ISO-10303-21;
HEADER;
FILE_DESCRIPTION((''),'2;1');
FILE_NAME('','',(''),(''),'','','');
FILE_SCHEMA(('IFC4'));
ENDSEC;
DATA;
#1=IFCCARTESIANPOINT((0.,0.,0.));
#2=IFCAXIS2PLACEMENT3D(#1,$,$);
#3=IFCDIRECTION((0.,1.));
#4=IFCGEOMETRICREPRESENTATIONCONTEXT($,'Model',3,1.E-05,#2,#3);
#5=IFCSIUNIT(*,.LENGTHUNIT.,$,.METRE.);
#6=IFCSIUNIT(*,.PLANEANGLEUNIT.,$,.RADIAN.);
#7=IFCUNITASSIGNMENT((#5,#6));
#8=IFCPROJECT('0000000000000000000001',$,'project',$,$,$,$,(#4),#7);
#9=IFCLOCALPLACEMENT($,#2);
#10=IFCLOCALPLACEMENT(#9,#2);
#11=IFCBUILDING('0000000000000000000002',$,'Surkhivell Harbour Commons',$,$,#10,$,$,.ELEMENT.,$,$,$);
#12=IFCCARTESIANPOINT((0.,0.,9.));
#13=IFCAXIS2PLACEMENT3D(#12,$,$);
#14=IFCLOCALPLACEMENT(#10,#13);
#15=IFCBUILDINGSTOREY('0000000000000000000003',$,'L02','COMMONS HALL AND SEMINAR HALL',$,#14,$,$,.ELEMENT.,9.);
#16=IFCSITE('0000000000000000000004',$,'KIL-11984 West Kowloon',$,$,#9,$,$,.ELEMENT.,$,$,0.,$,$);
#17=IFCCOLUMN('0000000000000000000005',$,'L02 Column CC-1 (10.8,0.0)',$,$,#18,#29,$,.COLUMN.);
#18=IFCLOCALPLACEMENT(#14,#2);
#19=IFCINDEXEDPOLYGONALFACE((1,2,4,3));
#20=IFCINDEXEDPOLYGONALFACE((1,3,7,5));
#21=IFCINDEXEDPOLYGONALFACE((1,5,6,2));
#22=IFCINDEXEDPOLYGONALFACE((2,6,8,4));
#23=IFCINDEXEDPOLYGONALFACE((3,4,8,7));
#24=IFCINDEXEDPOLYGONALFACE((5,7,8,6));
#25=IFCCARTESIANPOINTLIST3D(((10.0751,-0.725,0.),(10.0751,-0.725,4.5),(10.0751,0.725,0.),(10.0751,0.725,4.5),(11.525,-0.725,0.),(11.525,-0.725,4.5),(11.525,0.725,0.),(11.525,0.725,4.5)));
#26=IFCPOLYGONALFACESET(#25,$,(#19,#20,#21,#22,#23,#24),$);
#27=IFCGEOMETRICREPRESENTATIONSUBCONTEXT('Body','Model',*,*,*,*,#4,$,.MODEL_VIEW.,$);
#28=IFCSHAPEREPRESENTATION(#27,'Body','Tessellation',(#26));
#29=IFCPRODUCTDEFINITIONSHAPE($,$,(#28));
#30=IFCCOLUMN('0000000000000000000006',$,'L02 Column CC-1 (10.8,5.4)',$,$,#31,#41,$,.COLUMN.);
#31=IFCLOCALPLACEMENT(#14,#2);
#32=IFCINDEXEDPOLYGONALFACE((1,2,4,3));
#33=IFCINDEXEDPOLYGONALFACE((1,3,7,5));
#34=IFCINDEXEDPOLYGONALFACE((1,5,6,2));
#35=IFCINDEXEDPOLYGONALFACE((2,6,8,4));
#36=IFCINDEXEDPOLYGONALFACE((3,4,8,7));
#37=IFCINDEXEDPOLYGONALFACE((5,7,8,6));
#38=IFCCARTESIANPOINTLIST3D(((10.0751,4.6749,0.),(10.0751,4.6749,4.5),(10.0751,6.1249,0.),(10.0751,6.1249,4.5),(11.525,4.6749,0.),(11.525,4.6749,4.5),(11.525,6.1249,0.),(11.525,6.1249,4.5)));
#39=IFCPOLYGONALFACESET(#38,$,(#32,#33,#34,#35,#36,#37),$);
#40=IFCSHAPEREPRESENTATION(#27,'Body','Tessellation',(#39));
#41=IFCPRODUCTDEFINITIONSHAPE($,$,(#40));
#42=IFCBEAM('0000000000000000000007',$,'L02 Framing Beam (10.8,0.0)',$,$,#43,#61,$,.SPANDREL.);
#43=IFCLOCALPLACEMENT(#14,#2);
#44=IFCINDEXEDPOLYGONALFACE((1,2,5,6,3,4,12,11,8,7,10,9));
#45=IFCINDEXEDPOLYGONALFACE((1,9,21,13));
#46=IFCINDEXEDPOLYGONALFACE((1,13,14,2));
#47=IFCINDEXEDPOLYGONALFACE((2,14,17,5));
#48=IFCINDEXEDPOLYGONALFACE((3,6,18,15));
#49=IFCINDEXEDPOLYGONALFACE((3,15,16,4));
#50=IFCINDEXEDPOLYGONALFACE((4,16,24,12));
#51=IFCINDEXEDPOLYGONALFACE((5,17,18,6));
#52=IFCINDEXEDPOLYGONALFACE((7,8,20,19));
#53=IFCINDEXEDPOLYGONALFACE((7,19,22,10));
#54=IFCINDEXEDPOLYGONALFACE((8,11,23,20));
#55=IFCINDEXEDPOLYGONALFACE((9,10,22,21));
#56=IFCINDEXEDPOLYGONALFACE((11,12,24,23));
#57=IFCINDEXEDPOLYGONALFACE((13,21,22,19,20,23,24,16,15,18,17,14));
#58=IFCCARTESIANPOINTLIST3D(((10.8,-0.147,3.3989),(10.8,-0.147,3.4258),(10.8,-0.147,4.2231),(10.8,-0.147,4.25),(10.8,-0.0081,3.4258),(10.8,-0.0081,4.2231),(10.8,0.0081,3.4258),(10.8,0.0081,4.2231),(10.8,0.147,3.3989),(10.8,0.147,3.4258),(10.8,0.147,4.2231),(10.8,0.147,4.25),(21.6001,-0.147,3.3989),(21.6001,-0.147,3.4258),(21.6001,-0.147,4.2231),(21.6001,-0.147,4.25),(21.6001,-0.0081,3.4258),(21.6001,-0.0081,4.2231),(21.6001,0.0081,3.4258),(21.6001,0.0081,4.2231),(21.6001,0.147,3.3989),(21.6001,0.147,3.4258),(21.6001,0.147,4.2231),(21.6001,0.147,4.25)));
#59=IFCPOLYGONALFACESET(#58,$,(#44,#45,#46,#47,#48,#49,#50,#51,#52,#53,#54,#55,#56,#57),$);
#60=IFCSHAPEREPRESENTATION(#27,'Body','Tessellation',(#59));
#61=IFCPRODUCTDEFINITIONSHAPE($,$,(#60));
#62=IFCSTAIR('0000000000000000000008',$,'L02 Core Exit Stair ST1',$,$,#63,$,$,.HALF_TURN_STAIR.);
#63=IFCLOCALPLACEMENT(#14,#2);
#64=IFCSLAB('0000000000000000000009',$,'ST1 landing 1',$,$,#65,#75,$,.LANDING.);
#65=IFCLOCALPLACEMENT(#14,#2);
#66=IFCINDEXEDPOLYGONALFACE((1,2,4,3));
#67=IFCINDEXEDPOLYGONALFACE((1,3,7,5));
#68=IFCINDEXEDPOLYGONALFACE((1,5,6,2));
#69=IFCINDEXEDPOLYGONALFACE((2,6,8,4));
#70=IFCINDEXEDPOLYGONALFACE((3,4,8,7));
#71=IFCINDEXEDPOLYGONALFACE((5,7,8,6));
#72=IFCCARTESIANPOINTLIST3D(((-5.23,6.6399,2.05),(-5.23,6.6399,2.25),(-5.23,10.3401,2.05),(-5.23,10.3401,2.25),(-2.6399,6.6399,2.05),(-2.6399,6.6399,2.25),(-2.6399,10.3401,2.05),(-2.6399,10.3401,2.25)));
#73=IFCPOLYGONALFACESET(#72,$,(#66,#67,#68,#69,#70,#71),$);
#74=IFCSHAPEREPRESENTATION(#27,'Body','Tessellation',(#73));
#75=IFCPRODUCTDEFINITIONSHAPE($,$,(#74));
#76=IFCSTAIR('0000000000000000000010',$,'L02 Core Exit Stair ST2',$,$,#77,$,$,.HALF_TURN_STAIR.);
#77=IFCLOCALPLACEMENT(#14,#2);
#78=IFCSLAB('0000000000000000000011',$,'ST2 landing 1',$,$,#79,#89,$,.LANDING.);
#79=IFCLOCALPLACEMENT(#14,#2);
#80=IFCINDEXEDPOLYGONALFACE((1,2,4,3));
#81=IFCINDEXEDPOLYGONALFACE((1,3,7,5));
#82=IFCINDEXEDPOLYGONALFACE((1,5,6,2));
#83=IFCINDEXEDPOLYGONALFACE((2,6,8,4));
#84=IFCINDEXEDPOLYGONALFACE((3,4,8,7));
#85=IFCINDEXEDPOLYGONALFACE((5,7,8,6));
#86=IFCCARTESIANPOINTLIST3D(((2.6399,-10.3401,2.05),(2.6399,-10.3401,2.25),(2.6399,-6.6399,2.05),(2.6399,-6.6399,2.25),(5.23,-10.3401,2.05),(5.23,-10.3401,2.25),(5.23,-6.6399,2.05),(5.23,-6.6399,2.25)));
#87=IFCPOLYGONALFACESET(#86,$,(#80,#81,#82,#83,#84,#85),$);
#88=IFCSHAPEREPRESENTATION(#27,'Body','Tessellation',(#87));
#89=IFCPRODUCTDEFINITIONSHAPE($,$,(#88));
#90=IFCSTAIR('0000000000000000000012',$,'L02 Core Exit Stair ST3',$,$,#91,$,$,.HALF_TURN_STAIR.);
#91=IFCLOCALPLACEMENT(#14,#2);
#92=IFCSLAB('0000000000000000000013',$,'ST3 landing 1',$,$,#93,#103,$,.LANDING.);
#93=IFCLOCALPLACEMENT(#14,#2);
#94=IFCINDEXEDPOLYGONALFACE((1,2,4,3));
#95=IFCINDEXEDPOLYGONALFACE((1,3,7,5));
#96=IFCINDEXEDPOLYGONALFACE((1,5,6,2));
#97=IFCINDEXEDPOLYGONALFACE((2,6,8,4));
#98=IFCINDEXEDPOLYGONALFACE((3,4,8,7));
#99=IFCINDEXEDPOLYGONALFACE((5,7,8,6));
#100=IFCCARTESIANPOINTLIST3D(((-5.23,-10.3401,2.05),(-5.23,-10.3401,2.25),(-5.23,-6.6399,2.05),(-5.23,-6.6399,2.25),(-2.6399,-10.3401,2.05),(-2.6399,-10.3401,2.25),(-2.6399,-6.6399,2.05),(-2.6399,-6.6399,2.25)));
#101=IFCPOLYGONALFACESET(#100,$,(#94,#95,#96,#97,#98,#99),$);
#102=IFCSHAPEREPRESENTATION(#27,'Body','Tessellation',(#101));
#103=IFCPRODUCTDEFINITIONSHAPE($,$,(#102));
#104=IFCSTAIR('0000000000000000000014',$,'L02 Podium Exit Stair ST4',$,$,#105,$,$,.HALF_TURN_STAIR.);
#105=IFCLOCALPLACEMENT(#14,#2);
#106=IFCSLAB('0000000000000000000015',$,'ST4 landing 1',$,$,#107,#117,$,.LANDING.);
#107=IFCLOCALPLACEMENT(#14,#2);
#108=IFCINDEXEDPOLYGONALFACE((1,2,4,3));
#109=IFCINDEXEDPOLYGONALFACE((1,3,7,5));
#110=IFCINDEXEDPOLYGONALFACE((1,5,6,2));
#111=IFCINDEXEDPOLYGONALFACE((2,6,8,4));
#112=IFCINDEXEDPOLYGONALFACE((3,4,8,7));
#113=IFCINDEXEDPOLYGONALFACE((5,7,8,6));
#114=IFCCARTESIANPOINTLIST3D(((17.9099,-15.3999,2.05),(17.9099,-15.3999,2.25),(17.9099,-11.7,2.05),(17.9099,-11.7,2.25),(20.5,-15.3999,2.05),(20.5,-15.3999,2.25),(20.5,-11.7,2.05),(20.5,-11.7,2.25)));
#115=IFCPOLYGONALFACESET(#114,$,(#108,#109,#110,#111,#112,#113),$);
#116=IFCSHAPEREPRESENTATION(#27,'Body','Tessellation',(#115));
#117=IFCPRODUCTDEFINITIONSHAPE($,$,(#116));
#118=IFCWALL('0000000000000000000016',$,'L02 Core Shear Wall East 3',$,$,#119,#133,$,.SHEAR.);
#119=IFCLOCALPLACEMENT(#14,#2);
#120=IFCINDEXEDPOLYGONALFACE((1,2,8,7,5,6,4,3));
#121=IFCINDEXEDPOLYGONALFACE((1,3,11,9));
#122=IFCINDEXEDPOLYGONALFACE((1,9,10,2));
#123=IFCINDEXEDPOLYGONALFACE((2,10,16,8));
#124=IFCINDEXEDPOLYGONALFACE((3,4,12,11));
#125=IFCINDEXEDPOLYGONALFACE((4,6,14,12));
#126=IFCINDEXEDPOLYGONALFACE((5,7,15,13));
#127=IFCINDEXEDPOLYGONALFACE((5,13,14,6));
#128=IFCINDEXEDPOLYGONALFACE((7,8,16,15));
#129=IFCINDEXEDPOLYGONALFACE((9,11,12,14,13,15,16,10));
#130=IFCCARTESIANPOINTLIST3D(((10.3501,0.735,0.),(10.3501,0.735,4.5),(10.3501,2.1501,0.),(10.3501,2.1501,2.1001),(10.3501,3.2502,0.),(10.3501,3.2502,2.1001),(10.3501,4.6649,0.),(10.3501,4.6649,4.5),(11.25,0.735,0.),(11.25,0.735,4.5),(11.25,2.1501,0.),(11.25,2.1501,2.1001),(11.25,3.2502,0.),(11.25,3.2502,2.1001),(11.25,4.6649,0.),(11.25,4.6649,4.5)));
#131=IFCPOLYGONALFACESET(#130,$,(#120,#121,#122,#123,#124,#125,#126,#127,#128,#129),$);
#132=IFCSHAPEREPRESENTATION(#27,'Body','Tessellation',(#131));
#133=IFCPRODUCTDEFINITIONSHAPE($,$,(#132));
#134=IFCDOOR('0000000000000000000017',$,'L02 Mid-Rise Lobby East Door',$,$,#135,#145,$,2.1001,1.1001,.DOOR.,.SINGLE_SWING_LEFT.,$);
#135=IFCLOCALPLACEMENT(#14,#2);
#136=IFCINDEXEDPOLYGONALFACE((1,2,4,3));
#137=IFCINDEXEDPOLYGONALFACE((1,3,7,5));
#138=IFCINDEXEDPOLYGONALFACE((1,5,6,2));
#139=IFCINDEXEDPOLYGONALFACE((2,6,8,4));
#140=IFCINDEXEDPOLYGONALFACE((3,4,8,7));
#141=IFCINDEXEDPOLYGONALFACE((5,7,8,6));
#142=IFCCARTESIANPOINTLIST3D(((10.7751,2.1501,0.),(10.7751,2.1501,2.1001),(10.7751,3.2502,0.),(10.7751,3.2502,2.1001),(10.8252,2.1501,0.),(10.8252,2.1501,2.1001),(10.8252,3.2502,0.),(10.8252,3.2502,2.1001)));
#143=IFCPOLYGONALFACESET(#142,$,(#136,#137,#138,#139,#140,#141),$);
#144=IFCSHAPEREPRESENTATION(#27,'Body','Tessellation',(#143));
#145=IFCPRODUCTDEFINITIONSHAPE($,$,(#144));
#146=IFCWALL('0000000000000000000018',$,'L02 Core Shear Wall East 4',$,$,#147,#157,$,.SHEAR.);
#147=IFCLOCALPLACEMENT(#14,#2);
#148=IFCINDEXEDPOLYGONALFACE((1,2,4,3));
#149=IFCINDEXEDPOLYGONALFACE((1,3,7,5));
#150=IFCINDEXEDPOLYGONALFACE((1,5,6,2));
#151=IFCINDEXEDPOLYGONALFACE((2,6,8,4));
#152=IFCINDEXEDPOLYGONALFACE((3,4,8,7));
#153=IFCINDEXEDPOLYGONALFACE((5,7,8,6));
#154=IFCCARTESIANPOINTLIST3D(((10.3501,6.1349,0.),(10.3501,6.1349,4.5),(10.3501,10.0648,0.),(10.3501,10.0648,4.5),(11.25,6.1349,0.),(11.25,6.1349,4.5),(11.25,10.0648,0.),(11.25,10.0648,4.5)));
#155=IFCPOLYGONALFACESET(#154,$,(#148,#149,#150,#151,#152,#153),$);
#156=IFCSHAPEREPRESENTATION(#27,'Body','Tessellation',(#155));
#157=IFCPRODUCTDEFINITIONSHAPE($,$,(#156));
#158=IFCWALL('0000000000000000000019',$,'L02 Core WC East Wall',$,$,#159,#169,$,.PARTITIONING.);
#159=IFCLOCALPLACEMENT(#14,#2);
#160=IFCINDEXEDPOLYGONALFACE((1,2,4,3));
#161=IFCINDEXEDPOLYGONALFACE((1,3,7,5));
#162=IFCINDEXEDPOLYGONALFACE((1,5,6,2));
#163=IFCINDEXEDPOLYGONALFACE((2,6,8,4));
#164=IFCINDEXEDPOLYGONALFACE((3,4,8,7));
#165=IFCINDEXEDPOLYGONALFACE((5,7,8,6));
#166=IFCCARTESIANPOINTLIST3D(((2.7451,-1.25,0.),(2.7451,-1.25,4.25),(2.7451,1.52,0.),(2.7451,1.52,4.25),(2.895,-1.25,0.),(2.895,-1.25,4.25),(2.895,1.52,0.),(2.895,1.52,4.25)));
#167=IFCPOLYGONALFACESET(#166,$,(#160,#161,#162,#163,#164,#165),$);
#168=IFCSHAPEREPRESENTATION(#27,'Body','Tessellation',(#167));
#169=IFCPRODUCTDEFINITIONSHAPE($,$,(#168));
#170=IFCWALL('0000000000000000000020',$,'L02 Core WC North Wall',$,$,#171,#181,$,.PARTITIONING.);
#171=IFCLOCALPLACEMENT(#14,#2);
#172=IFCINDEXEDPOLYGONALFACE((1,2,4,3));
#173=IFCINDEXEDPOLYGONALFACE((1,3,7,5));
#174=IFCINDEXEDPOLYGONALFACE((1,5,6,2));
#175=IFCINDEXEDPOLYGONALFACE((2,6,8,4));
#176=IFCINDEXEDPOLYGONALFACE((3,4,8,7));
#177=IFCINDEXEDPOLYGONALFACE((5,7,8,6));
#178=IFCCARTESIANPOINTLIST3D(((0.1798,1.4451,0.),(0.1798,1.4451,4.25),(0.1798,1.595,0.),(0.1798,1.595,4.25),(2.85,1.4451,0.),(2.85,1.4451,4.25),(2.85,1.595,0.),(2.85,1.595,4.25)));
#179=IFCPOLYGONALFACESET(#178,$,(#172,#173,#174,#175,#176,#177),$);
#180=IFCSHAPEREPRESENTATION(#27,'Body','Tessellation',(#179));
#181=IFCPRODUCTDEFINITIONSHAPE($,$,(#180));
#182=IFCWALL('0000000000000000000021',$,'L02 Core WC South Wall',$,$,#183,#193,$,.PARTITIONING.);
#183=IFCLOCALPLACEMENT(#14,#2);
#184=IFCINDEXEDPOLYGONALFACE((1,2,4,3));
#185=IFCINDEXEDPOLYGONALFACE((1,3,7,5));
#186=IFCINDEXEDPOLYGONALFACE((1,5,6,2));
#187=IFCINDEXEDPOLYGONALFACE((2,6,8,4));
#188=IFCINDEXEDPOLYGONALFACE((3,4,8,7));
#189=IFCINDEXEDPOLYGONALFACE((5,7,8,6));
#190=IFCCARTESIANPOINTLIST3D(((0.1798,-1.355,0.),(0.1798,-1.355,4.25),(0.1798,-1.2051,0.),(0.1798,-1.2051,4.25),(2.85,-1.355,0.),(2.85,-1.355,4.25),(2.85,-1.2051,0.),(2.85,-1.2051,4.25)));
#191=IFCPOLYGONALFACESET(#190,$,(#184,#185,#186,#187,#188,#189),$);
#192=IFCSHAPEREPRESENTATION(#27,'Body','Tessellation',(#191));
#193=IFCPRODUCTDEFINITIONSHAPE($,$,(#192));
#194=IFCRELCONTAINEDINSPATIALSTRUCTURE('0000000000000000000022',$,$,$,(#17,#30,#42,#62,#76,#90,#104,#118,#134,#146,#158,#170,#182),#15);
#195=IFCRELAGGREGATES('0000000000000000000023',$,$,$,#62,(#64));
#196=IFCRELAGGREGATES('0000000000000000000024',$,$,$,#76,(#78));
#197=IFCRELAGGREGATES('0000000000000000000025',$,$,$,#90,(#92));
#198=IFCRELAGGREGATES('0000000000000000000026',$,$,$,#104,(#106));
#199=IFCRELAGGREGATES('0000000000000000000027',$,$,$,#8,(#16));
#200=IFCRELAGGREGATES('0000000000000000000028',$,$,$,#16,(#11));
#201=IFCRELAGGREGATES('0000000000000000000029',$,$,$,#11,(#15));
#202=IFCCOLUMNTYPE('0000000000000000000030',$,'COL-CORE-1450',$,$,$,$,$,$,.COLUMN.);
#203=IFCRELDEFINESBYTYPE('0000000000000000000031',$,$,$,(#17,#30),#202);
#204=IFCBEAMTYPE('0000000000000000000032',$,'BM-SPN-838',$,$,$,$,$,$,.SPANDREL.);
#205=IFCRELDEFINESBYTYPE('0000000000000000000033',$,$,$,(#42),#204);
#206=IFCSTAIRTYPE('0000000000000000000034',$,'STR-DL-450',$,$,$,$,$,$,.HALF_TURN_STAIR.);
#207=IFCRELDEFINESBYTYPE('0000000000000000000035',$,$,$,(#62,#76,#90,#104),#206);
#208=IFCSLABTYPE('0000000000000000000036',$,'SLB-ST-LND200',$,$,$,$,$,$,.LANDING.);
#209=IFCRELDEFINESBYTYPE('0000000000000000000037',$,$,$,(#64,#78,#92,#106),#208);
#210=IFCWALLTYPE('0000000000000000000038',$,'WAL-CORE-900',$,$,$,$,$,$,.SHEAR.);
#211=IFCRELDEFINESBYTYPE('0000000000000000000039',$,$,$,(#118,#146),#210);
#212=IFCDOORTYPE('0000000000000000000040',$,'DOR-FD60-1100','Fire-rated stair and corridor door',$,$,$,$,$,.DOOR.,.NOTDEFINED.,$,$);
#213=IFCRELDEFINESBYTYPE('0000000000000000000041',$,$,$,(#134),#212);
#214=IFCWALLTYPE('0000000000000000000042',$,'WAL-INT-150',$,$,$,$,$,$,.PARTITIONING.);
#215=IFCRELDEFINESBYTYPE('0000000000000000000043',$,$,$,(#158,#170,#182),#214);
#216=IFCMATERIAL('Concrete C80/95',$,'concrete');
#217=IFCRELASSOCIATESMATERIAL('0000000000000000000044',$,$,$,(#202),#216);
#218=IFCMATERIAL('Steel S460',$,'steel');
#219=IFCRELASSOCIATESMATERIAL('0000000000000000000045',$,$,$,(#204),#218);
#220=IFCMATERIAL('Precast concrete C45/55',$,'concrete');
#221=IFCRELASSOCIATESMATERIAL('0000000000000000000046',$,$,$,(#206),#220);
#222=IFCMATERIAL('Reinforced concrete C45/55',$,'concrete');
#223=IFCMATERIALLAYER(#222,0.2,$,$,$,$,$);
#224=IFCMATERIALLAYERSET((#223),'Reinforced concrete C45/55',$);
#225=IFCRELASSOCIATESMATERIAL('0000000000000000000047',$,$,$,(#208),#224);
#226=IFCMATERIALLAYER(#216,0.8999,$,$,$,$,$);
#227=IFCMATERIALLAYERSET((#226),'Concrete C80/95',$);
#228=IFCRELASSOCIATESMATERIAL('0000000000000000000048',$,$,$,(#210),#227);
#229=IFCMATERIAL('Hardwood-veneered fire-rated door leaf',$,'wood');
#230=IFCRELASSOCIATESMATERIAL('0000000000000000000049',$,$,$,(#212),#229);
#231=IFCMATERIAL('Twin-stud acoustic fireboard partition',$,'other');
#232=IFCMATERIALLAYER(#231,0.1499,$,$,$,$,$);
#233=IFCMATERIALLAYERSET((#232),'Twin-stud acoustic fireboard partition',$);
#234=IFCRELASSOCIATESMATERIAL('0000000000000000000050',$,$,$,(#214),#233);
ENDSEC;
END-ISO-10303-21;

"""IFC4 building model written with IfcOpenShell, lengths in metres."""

from ifc_helpers import new_model, si_unit, direction, frame, frame_2d, origin, origin_2d, place, context, subcontext, project, spatial, polyline, rectangle, i_section, outline, extrude, material, layer, layer_set, material_profile, profile_set, type_object, element, fill, aggregate, save


model = new_model("IFC4")

# Units and contexts
model_context = context("Model", 3, precision=1e-05, world=origin(), true_north=direction((0.0, 1.0)))
body_context = subcontext(model_context, "Body", "Model", "MODEL_VIEW")
ifc_project = project(units=[si_unit("LENGTHUNIT", "METRE"), si_unit("PLANEANGLEUNIT", "RADIAN")], contexts=[model_context])

# Site, building, storey
site_placement = place(None, origin())
site = spatial("IfcSite", under=ifc_project, at=site_placement, Name="KIL-11984 West Kowloon", CompositionType="ELEMENT", RefElevation=0.0)
building_placement = place(site_placement, origin())
building = spatial("IfcBuilding", under=site, at=building_placement, Name="Surkhivell Harbour Commons", CompositionType="ELEMENT")
storey_placement = place(building_placement, frame((0.0, 0.0, 9.0)))
storey = spatial("IfcBuildingStorey", under=building, at=storey_placement, Name="L02", Description="COMMONS HALL AND SEMINAR HALL", CompositionType="ELEMENT", Elevation=9.0)

# Columns
ifc_material_1 = material(Name="Concrete C80/95", Category="concrete")
ifc_material_profile_1 = material_profile(ifc_material_1, rectangle(XDim=1.45, YDim=1.45, at=origin_2d()), Name="RC-COL-1450x1450")
ifc_profile_set_1 = profile_set([ifc_material_profile_1], Name="Concrete C80/95")
column_type = type_object("IfcColumnType", Name="COL-CORE-1450", PredefinedType="COLUMN", material=ifc_profile_set_1)
for number, where, z_axis, x_axis, name in (
    (1, (10.8, 0.0, 0.0), (0.0, 0.0, 1.0), (1.0, 0.0, 0.0), "L02 Column CC-1 (10.8,0.0)"),
    (2, (10.8, 5.3999, 0.0), (0.0, 0.0, 1.0), (1.0, 0.0, 0.0), "L02 Column CC-1 (10.8,5.4)"),
):
    element("IfcColumn", number, at=place(storey_placement, frame(where, z_axis=z_axis, x_axis=x_axis)), inside=storey, type_object=column_type, Name=name, PredefinedType="COLUMN", context=body_context, shape_type="SweptSolid", body=[
        extrude(rectangle(XDim=1.45, YDim=1.45, at=origin_2d()), origin(), (0.0, 0.0, 1.0), 4.5),
    ])

# Beam
ifc_material_2 = material(Name="Steel S460", Category="steel")
ifc_material_profile_2 = material_profile(ifc_material_2, i_section(OverallWidth=0.2939, OverallDepth=0.8511, WebThickness=0.0161, FlangeThickness=0.0269, at=origin_2d()), Name="UB838x292x226")
ifc_profile_set_2 = profile_set([ifc_material_profile_2], Name="Steel S460")
beam_type = type_object("IfcBeamType", Name="BM-SPN-838", PredefinedType="SPANDREL", material=ifc_profile_set_2)
beam_placement = place(storey_placement, frame((10.8, 0.0, 3.8245), z_axis=(1.0, 0.0, 0.0), x_axis=(0.0, 1.0, 0.0)))
element("IfcBeam", 3, at=beam_placement, inside=storey, type_object=beam_type, Name="L02 Framing Beam (10.8,0.0)", PredefinedType="SPANDREL", context=body_context, shape_type="SweptSolid", body=[
    extrude(i_section(OverallWidth=0.2939, OverallDepth=0.8511, WebThickness=0.0161, FlangeThickness=0.0269, at=origin_2d()), origin(), (0.0, 0.0, 1.0), 10.8),
])

# Stairs, slabs
ifc_material_3 = material(Name="Precast concrete C45/55", Category="concrete")
stair_type = type_object("IfcStairType", Name="STR-DL-450", PredefinedType="HALF_TURN_STAIR", material=ifc_material_3)
stair_1_placement = place(storey_placement, origin())
stair_1 = element("IfcStair", 4, at=stair_1_placement, inside=storey, type_object=stair_type, Name="L02 Core Exit Stair ST1", PredefinedType="HALF_TURN_STAIR")
ifc_material_4 = material(Name="Reinforced concrete C45/55", Category="concrete")
ifc_layer_1 = layer(ifc_material_4, 0.2)
ifc_layer_set_1 = layer_set([ifc_layer_1], Name="Reinforced concrete C45/55")
slab_type = type_object("IfcSlabType", Name="SLB-ST-LND200", PredefinedType="LANDING", material=ifc_layer_set_1)
slab_1_placement = place(storey_placement, frame((0.0, 0.0, 2.05)))
slab_1 = element("IfcSlab", 5, at=slab_1_placement, type_object=slab_type, Name="ST1 landing 1", PredefinedType="LANDING", context=body_context, shape_type="SweptSolid", body=[
    extrude(outline(polyline([(-5.23, 6.6399), (-2.6399, 6.6399), (-2.6399, 10.3401), (-5.23, 10.3401), (-5.23, 6.6399)])), origin(), (0.0, 0.0, 1.0), 0.2),
])
aggregate(stair_1, [slab_1])
stair_2_placement = place(storey_placement, origin())
stair_2 = element("IfcStair", 6, at=stair_2_placement, inside=storey, type_object=stair_type, Name="L02 Core Exit Stair ST2", PredefinedType="HALF_TURN_STAIR")
slab_2_placement = place(storey_placement, frame((0.0, 0.0, 2.05)))
slab_2 = element("IfcSlab", 7, at=slab_2_placement, type_object=slab_type, Name="ST2 landing 1", PredefinedType="LANDING", context=body_context, shape_type="SweptSolid", body=[
    extrude(outline(polyline([(5.23, -6.6399), (2.6399, -6.6399), (2.6399, -10.3401), (5.23, -10.3401), (5.23, -6.6399)])), origin(), (0.0, 0.0, 1.0), 0.2),
])
aggregate(stair_2, [slab_2])
stair_3_placement = place(storey_placement, origin())
stair_3 = element("IfcStair", 8, at=stair_3_placement, inside=storey, type_object=stair_type, Name="L02 Core Exit Stair ST3", PredefinedType="HALF_TURN_STAIR")
slab_3_placement = place(storey_placement, frame((0.0, 0.0, 2.05)))
slab_3 = element("IfcSlab", 9, at=slab_3_placement, type_object=slab_type, Name="ST3 landing 1", PredefinedType="LANDING", context=body_context, shape_type="SweptSolid", body=[
    extrude(outline(polyline([(-5.23, -10.3401), (-2.6399, -10.3401), (-2.6399, -6.6399), (-5.23, -6.6399), (-5.23, -10.3401)])), origin(), (0.0, 0.0, 1.0), 0.2),
])
aggregate(stair_3, [slab_3])
stair_4_placement = place(storey_placement, origin())
stair_4 = element("IfcStair", 10, at=stair_4_placement, inside=storey, type_object=stair_type, Name="L02 Podium Exit Stair ST4", PredefinedType="HALF_TURN_STAIR")
slab_4_placement = place(storey_placement, frame((0.0, 0.0, 2.05)))
slab_4 = element("IfcSlab", 11, at=slab_4_placement, type_object=slab_type, Name="ST4 landing 1", PredefinedType="LANDING", context=body_context, shape_type="SweptSolid", body=[
    extrude(outline(polyline([(17.9099, -15.3999), (20.5, -15.3999), (20.5, -11.7), (17.9099, -11.7), (17.9099, -15.3999)])), origin(), (0.0, 0.0, 1.0), 0.2),
])
aggregate(stair_4, [slab_4])

# Wall, opening, door
ifc_layer_2 = layer(ifc_material_1, 0.8999)
ifc_layer_set_2 = layer_set([ifc_layer_2], Name="Concrete C80/95")
wall_type_1 = type_object("IfcWallType", Name="WAL-CORE-900", PredefinedType="SHEAR", material=ifc_layer_set_2)
wall_1_placement = place(storey_placement, frame((10.8, 0.7351, 0.0), z_axis=(0.0, 0.0, 1.0), x_axis=(0.0, 1.0, 0.0)))
wall_1 = element("IfcWall", 12, at=wall_1_placement, inside=storey, type_object=wall_type_1, Name="L02 Core Shear Wall East 3", PredefinedType="SHEAR", context=body_context, shape_type="SweptSolid", body=[
    extrude(rectangle(XDim=3.9299, YDim=0.8999, at=frame_2d((1.9648, 0.0))), origin(), (0.0, 0.0, 1.0), 4.5),
])
opening_1_placement = place(wall_1_placement, frame((1.415, 0.0, 0.0)))
opening_1 = element("IfcOpeningElement", 13, at=opening_1_placement, cuts=wall_1, PredefinedType="OPENING", context=body_context, shape_type="SweptSolid", body=[
    extrude(rectangle(XDim=1.1001, YDim=2.1001, at=frame_2d((0.55, 1.05))), frame((0.0, 0.46, 0.0), z_axis=(0.0, -1.0, 0.0), x_axis=(1.0, 0.0, 0.0)), (0.0, 0.0, 1.0), 0.9199),
])
ifc_material_5 = material(Name="Hardwood-veneered fire-rated door leaf", Category="wood")
door_type_1 = type_object("IfcDoorType", Name="DOR-FD60-1100", Description="Fire-rated stair and corridor door", OperationType="NOTDEFINED", PredefinedType="DOOR", material=ifc_material_5)
door_1_placement = place(opening_1_placement, origin())
door_1 = element("IfcDoor", 14, at=door_1_placement, inside=storey, type_object=door_type_1, Name="L02 Mid-Rise Lobby East Door", OperationType="SINGLE_SWING_LEFT", OverallHeight=2.1001, OverallWidth=1.1001, PredefinedType="DOOR", context=body_context, shape_type="SweptSolid", body=[
    extrude(rectangle(XDim=1.1001, YDim=2.1001, at=frame_2d((0.55, 1.05))), frame((0.0, 0.0249, 0.0), z_axis=(0.0, -1.0, 0.0), x_axis=(1.0, 0.0, 0.0)), (0.0, 0.0, 1.0), 0.05),
])
fill(opening_1, door_1)

# Walls
wall_2_placement = place(storey_placement, frame((10.8, 6.135, 0.0), z_axis=(0.0, 0.0, 1.0), x_axis=(0.0, 1.0, 0.0)))
element("IfcWall", 15, at=wall_2_placement, inside=storey, type_object=wall_type_1, Name="L02 Core Shear Wall East 4", PredefinedType="SHEAR", context=body_context, shape_type="SweptSolid", body=[
    extrude(rectangle(XDim=3.9299, YDim=0.8999, at=frame_2d((1.9648, 0.0))), origin(), (0.0, 0.0, 1.0), 4.5),
])
ifc_material_6 = material(Name="Twin-stud acoustic fireboard partition", Category="other")
ifc_layer_3 = layer(ifc_material_6, 0.1499)
ifc_layer_set_3 = layer_set([ifc_layer_3], Name="Twin-stud acoustic fireboard partition")
wall_type_2 = type_object("IfcWallType", Name="WAL-INT-150", PredefinedType="PARTITIONING", material=ifc_layer_set_3)
wall_3_placement = place(storey_placement, frame((2.8201, -1.25, 0.0), z_axis=(0.0, 0.0, 1.0), x_axis=(0.0, 1.0, 0.0)))
element("IfcWall", 16, at=wall_3_placement, inside=storey, type_object=wall_type_2, Name="L02 Core WC East Wall", PredefinedType="PARTITIONING", context=body_context, shape_type="SweptSolid", body=[
    extrude(rectangle(XDim=2.77, YDim=0.1499, at=frame_2d((1.385, 0.0))), origin(), (0.0, 0.0, 1.0), 4.25),
])
for number, where, z_axis, x_axis, name in (
    (17, (0.1799, 1.52, 0.0), (0.0, 0.0, 1.0), (1.0, 0.0, 0.0), "L02 Core WC North Wall"),
    (18, (0.1799, -1.28, 0.0), (0.0, 0.0, 1.0), (1.0, 0.0, 0.0), "L02 Core WC South Wall"),
):
    element("IfcWall", number, at=place(storey_placement, frame(where, z_axis=z_axis, x_axis=x_axis)), inside=storey, type_object=wall_type_2, Name=name, PredefinedType="PARTITIONING", context=body_context, shape_type="SweptSolid", body=[
        extrude(rectangle(XDim=2.6702, YDim=0.1499, at=frame_2d((1.335, 0.0))), origin(), (0.0, 0.0, 1.0), 4.25),
    ])

save(model, "model.ifc")
